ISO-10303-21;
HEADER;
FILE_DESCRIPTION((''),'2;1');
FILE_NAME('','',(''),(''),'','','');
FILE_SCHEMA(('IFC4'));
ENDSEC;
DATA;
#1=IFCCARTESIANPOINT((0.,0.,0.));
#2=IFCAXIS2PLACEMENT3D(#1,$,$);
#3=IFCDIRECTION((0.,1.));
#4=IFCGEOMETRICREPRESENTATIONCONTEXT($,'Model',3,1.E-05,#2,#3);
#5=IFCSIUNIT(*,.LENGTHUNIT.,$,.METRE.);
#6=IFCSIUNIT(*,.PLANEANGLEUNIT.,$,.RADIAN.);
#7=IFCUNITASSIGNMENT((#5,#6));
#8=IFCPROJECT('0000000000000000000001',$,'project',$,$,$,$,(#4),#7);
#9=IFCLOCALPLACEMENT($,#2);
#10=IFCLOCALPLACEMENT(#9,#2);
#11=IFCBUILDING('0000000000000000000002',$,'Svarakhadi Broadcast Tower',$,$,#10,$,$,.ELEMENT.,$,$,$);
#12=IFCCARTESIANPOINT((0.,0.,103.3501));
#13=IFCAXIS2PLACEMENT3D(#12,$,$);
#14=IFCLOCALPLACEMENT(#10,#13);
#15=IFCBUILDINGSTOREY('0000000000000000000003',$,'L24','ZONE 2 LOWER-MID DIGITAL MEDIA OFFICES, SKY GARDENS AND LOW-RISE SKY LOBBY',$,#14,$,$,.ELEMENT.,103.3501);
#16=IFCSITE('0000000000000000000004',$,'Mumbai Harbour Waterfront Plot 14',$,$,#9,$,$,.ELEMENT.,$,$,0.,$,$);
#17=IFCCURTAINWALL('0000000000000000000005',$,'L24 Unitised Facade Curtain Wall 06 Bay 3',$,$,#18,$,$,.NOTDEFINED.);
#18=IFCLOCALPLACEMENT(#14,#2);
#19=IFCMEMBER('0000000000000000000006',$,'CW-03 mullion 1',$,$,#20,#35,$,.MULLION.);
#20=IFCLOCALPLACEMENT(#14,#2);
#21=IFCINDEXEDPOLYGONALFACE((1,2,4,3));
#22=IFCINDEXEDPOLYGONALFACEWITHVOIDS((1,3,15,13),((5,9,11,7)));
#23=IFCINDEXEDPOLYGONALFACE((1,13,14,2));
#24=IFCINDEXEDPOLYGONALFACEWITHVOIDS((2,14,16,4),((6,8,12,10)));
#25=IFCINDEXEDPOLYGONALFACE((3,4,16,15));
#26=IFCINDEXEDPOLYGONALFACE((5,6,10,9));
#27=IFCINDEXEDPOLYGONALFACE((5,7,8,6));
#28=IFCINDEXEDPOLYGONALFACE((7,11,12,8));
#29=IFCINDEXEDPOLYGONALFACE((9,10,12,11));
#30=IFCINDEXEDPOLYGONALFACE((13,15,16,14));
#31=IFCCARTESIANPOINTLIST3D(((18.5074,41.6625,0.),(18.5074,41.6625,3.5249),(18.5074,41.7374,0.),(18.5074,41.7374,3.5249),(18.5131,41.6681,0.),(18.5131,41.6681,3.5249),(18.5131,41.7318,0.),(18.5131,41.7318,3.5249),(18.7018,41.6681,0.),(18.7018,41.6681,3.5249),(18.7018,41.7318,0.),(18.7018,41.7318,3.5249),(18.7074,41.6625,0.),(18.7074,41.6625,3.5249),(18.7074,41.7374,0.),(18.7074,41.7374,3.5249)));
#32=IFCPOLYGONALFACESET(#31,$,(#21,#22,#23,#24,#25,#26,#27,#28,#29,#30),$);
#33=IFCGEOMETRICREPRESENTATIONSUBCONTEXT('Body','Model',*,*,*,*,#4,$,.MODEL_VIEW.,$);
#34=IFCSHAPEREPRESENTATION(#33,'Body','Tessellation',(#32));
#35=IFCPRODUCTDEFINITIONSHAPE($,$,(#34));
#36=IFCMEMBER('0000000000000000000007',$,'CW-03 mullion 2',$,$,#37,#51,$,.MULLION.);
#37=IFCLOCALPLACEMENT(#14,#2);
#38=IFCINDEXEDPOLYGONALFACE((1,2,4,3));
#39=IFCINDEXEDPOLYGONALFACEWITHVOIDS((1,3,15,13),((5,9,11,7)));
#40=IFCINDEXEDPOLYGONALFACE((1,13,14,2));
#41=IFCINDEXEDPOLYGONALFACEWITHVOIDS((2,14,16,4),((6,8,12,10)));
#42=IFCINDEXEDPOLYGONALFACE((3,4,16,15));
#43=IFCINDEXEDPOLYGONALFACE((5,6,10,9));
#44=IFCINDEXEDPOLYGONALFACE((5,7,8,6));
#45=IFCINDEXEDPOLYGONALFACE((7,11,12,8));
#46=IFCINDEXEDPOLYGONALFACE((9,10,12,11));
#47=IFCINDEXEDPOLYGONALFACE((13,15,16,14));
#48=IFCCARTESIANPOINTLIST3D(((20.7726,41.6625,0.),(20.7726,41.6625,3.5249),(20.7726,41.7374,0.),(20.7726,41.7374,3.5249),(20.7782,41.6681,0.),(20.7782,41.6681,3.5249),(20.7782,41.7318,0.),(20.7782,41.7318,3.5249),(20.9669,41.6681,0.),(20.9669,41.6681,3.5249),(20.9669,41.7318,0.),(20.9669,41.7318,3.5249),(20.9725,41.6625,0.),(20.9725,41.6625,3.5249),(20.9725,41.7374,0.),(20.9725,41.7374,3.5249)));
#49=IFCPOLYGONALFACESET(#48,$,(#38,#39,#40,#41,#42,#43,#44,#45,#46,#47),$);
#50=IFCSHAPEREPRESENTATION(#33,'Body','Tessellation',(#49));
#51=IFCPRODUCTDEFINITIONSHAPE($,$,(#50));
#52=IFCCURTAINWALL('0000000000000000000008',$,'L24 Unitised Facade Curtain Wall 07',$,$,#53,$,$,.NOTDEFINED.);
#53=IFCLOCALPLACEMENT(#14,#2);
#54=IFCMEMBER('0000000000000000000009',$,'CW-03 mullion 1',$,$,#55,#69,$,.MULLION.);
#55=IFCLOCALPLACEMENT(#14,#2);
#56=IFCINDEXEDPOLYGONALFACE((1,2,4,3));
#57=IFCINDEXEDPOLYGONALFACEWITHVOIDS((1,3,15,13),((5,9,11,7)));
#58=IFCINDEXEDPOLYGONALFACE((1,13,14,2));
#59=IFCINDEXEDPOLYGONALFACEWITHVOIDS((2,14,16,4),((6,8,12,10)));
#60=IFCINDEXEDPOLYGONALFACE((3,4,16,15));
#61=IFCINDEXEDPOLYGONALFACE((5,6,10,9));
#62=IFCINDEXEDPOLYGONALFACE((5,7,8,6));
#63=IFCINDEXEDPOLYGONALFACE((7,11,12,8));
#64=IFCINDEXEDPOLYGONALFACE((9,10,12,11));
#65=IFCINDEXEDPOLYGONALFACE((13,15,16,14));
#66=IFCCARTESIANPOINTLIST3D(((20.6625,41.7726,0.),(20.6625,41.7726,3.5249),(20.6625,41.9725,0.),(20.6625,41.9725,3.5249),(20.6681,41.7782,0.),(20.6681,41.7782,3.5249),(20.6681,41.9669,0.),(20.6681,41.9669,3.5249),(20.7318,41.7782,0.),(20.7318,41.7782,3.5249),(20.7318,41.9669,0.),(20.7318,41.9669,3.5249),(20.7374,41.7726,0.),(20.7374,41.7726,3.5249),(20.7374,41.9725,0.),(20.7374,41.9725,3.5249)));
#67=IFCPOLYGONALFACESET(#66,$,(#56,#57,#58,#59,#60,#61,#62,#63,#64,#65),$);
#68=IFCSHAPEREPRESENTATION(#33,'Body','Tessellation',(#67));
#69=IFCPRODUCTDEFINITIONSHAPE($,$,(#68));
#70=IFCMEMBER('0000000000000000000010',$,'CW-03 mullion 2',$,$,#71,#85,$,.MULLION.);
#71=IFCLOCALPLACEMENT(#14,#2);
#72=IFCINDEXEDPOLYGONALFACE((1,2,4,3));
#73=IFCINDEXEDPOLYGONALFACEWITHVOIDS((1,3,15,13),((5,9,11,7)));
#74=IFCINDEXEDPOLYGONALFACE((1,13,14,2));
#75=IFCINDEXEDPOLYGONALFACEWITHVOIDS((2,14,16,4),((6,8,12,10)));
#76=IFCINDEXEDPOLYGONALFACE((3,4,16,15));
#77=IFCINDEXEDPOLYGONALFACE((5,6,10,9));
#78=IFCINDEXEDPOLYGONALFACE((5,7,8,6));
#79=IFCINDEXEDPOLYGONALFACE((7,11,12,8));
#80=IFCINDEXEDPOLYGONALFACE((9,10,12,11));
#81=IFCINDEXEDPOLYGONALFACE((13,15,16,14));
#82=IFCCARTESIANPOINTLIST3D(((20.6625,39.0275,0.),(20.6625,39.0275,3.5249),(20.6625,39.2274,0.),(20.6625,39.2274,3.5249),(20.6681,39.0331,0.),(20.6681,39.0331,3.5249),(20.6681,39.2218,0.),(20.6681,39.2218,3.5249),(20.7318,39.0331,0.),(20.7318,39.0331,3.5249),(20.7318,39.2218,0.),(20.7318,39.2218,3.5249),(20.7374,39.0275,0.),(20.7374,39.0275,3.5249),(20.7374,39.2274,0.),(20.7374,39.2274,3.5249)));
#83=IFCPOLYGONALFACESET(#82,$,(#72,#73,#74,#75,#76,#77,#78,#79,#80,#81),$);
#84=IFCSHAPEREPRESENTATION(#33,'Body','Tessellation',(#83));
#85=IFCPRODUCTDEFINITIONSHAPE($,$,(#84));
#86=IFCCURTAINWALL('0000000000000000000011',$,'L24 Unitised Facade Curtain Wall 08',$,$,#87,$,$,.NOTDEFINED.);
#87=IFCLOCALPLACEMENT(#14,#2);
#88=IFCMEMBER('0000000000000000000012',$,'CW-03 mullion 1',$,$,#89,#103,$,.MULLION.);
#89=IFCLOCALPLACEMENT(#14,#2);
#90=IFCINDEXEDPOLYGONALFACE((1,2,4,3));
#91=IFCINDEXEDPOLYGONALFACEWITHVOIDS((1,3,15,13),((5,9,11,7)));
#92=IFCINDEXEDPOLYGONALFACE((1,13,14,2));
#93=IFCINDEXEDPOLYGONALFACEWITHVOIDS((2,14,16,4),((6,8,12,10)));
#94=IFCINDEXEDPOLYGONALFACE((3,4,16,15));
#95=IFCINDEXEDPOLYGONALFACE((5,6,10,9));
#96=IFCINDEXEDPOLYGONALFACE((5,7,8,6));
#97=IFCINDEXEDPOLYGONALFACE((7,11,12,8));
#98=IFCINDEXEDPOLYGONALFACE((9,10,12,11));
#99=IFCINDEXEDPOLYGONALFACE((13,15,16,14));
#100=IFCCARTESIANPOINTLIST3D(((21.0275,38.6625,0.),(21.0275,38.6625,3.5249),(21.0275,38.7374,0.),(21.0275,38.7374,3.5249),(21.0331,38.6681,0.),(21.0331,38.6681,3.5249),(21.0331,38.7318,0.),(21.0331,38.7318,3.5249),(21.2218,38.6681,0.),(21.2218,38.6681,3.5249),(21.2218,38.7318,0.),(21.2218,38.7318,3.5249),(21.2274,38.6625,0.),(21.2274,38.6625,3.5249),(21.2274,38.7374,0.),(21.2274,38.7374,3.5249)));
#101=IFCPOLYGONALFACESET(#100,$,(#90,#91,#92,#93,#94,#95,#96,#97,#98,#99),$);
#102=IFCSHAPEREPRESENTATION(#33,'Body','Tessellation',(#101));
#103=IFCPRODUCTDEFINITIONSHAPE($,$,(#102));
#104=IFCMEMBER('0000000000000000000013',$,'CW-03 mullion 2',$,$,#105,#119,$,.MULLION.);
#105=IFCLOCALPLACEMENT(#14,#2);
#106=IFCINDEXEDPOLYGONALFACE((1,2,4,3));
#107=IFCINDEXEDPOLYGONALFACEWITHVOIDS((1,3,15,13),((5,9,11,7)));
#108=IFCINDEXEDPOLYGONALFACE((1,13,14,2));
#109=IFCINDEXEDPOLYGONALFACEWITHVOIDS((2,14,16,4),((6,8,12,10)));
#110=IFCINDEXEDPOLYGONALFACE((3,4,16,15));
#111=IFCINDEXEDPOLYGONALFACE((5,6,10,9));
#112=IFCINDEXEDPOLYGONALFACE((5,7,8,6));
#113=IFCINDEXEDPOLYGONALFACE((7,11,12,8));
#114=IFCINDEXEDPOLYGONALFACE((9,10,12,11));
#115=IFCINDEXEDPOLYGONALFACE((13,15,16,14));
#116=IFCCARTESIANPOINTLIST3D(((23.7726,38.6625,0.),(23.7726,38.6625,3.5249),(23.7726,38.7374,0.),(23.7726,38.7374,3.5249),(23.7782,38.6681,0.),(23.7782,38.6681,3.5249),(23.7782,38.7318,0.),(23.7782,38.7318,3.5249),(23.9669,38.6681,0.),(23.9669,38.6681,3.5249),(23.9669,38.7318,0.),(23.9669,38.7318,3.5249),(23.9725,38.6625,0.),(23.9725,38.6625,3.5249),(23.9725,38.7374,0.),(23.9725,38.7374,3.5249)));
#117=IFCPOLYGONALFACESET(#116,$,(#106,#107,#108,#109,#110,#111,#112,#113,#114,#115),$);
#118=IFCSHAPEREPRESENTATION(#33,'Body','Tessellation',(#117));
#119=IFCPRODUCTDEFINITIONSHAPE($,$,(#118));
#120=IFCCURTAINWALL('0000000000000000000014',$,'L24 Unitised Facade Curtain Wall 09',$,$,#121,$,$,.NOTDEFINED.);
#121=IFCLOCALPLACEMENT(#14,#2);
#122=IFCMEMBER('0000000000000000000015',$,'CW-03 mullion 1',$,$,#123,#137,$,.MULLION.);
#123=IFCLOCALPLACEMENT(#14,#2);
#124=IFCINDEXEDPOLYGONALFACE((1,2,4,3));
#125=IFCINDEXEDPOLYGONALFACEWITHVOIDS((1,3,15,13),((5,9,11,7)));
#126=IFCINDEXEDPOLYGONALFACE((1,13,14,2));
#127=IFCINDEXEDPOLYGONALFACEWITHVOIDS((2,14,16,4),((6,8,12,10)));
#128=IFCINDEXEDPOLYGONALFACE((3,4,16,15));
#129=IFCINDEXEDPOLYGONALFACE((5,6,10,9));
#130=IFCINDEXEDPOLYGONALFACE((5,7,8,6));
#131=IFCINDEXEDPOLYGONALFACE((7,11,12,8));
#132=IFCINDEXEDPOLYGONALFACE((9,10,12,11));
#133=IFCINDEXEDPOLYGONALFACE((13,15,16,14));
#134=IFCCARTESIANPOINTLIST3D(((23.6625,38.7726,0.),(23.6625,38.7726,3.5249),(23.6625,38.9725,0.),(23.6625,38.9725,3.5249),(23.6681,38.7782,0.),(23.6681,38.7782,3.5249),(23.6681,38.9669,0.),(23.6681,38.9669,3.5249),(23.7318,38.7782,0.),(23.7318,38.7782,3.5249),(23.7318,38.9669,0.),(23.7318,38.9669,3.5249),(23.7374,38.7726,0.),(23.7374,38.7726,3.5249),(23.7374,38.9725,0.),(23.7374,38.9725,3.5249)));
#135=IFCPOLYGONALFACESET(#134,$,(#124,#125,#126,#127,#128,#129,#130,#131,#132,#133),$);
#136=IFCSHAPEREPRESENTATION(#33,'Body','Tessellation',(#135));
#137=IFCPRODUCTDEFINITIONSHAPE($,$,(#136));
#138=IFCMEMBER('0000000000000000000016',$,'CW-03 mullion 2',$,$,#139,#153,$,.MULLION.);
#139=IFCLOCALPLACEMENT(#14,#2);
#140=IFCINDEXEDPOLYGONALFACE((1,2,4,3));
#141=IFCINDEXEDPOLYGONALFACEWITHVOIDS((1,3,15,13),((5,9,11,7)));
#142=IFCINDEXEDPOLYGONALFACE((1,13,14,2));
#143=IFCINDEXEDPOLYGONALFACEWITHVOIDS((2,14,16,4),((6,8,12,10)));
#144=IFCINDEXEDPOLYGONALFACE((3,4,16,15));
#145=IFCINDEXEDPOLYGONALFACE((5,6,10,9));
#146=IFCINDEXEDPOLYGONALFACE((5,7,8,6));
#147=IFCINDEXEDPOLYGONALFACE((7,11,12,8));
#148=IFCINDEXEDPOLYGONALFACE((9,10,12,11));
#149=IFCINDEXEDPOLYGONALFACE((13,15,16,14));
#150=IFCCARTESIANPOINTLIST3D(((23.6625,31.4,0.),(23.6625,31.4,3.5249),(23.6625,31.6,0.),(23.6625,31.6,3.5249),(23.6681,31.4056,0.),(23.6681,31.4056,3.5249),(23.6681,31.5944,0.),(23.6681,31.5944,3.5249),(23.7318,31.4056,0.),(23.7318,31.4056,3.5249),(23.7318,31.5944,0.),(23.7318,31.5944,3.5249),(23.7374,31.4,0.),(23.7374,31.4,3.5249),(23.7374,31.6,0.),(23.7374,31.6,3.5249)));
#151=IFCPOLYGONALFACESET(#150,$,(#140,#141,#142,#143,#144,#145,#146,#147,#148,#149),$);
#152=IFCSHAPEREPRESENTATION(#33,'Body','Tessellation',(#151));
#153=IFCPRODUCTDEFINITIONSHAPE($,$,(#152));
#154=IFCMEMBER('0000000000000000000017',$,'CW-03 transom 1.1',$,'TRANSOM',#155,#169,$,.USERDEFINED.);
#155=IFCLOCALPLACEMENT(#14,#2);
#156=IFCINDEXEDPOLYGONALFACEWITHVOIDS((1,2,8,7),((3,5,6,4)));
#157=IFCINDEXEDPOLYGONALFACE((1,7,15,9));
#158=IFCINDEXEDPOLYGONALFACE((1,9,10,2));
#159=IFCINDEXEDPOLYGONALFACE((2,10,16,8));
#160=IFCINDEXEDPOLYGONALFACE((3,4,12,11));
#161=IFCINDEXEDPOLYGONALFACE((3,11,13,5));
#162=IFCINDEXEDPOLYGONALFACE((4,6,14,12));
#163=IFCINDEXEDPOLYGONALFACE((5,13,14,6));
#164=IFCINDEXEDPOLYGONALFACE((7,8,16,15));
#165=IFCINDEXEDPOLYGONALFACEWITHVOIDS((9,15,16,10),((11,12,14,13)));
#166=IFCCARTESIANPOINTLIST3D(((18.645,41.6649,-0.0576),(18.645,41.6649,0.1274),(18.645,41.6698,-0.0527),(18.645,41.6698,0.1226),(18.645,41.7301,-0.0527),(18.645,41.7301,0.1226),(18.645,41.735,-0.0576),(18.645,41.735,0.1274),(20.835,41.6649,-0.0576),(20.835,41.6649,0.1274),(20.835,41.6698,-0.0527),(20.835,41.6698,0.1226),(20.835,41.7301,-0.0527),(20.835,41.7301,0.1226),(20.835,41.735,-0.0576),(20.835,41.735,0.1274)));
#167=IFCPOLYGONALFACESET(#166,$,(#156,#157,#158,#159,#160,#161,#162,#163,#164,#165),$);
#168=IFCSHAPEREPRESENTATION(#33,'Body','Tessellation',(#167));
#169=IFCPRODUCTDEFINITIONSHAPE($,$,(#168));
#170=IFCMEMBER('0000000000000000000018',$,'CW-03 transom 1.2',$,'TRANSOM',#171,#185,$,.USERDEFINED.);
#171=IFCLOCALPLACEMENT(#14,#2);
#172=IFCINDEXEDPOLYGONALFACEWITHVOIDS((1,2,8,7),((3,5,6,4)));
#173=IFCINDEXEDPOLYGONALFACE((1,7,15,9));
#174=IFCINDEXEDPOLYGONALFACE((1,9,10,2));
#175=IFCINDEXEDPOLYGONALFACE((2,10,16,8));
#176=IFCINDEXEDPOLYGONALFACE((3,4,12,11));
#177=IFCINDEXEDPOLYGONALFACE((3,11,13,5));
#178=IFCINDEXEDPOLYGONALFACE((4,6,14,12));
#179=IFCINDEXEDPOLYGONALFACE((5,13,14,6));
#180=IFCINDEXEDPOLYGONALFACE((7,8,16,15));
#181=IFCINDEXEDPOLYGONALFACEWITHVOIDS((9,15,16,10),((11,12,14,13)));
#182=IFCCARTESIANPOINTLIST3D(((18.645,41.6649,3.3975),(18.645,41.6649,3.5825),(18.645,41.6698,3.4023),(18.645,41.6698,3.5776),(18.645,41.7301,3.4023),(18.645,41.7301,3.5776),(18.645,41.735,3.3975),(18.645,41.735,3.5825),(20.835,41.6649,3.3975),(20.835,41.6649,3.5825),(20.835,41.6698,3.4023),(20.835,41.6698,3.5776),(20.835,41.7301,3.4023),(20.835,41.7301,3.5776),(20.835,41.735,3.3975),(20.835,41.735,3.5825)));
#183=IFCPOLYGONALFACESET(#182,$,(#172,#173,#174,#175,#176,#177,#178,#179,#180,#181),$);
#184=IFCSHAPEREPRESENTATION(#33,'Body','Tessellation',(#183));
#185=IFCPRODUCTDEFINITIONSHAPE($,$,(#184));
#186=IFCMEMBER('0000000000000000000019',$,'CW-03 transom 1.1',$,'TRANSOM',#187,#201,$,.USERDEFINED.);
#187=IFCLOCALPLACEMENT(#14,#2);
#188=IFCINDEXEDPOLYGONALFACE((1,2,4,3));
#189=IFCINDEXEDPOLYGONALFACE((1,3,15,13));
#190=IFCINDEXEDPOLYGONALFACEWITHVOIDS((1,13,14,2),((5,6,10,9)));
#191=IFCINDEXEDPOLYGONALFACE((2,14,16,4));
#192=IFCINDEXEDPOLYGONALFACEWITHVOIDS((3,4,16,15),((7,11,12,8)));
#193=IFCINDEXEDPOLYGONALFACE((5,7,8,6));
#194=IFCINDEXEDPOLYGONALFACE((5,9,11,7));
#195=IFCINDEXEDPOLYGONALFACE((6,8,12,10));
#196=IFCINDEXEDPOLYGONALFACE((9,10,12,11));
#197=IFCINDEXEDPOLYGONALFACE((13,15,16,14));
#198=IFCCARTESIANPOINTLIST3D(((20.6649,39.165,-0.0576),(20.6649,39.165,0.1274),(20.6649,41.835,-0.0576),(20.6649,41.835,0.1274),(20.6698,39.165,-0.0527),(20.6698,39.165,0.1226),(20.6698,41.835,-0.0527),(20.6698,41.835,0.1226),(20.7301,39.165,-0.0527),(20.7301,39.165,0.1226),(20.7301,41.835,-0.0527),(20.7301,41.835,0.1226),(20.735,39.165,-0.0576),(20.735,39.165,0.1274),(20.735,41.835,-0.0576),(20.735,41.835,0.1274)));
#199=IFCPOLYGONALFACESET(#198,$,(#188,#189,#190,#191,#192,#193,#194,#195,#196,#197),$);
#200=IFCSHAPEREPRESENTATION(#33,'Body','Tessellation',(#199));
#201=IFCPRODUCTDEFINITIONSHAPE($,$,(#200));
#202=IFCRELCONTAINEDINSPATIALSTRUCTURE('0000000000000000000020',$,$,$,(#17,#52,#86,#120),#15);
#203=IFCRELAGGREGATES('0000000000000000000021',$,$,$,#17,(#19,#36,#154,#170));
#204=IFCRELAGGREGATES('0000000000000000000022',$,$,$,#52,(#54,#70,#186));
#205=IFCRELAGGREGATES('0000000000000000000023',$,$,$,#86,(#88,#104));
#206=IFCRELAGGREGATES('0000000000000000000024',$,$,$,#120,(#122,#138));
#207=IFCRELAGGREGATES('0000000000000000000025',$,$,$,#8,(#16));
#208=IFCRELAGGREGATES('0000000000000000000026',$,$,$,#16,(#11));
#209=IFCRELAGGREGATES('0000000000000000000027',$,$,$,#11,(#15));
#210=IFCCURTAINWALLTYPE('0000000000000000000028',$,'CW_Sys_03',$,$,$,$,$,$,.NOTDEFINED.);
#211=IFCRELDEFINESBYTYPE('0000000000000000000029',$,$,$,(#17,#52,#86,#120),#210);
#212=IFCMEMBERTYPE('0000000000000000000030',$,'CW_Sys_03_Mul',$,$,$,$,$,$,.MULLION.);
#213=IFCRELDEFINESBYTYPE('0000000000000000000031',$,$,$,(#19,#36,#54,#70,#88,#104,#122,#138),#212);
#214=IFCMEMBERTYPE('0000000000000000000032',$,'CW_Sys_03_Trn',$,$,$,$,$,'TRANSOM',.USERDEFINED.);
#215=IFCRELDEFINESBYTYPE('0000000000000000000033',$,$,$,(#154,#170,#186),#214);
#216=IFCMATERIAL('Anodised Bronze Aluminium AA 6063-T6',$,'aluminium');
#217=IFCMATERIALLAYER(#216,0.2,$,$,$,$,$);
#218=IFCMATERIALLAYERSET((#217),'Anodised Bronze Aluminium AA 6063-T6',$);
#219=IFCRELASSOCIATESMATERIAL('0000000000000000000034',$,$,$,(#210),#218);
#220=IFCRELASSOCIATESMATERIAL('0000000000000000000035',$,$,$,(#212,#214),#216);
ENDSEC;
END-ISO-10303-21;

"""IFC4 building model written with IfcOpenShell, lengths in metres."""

from ifc_helpers import new_model, si_unit, direction, frame, origin, origin_2d, place, context, subcontext, project, spatial, hollow_rectangle, extrude, material, layer, layer_set, material_profile, profile_set, type_object, element, aggregate, save


model = new_model("IFC4")

# Units and contexts
model_context = context("Model", 3, precision=1e-05, world=origin(), true_north=direction((0.0, 1.0)))
body_context = subcontext(model_context, "Body", "Model", "MODEL_VIEW")
ifc_project = project(units=[si_unit("LENGTHUNIT", "METRE"), si_unit("PLANEANGLEUNIT", "RADIAN")], contexts=[model_context])

# Site, building, storey
site_placement = place(None, origin())
site = spatial("IfcSite", under=ifc_project, at=site_placement, Name="Mumbai Harbour Waterfront Plot 14", CompositionType="ELEMENT", RefElevation=0.0)
building_placement = place(site_placement, origin())
building = spatial("IfcBuilding", under=site, at=building_placement, Name="Svarakhadi Broadcast Tower", CompositionType="ELEMENT")
storey_placement = place(building_placement, frame((0.0, 0.0, 103.3501)))
storey = spatial("IfcBuildingStorey", under=building, at=storey_placement, Name="L24", Description="ZONE 2 LOWER-MID DIGITAL MEDIA OFFICES, SKY GARDENS AND LOW-RISE SKY LOBBY", CompositionType="ELEMENT", Elevation=103.3501)

# Curtain walls, members
ifc_material_1 = material(Name="Anodised Bronze Aluminium AA 6063-T6", Category="aluminium")
ifc_layer_1 = layer(ifc_material_1, 0.2)
ifc_layer_set_1 = layer_set([ifc_layer_1], Name="Anodised Bronze Aluminium AA 6063-T6")
curtain_wall_type = type_object("IfcCurtainWallType", Name="CW_Sys_03", PredefinedType="NOTDEFINED", material=ifc_layer_set_1)
curtain_wall_1_placement = place(storey_placement, origin())
curtain_wall_1 = element("IfcCurtainWall", 1, at=curtain_wall_1_placement, inside=storey, type_object=curtain_wall_type, Name="L24 Unitised Facade Curtain Wall 06 Bay 3", PredefinedType="NOTDEFINED")
ifc_material_profile_1 = material_profile(ifc_material_1, hollow_rectangle(XDim=0.075, YDim=0.2, WallThickness=0.0056, at=origin_2d()), Name="ALU MULLION 200x75x6")
ifc_profile_set_1 = profile_set([ifc_material_profile_1], Name="Anodised Bronze Aluminium AA 6063-T6")
member_type_1 = type_object("IfcMemberType", Name="CW_Sys_03_Mul", PredefinedType="MULLION", material=ifc_profile_set_1)
member_1_placement = place(storey_placement, frame((18.6074, 41.7, 0.0), z_axis=(0.0, 0.0, 1.0), x_axis=(0.0, 1.0, 0.0)))
member_1 = element("IfcMember", 2, at=member_1_placement, type_object=member_type_1, Name="CW-03 mullion 1", PredefinedType="MULLION", context=body_context, shape_type="SweptSolid", body=[
    extrude(hollow_rectangle(XDim=0.075, YDim=0.2, WallThickness=0.0056, at=origin_2d()), origin(), (0.0, 0.0, 1.0), 3.5249),
])
member_2_placement = place(storey_placement, frame((20.8726, 41.7, 0.0), z_axis=(0.0, 0.0, 1.0), x_axis=(0.0, 1.0, 0.0)))
member_2 = element("IfcMember", 3, at=member_2_placement, type_object=member_type_1, Name="CW-03 mullion 2", PredefinedType="MULLION", context=body_context, shape_type="SweptSolid", body=[
    extrude(hollow_rectangle(XDim=0.075, YDim=0.2, WallThickness=0.0056, at=origin_2d()), origin(), (0.0, 0.0, 1.0), 3.5249),
])
curtain_wall_2_placement = place(storey_placement, origin())
curtain_wall_2 = element("IfcCurtainWall", 4, at=curtain_wall_2_placement, inside=storey, type_object=curtain_wall_type, Name="L24 Unitised Facade Curtain Wall 07", PredefinedType="NOTDEFINED")
member_3_placement = place(storey_placement, frame((20.7, 41.8726, 0.0), z_axis=(0.0, 0.0, 1.0), x_axis=(1.0, 0.0, 0.0)))
member_3 = element("IfcMember", 5, at=member_3_placement, type_object=member_type_1, Name="CW-03 mullion 1", PredefinedType="MULLION", context=body_context, shape_type="SweptSolid", body=[
    extrude(hollow_rectangle(XDim=0.075, YDim=0.2, WallThickness=0.0056, at=origin_2d()), origin(), (0.0, 0.0, 1.0), 3.5249),
])
member_4_placement = place(storey_placement, frame((20.7, 39.1274, 0.0), z_axis=(0.0, 0.0, 1.0), x_axis=(1.0, 0.0, 0.0)))
member_4 = element("IfcMember", 6, at=member_4_placement, type_object=member_type_1, Name="CW-03 mullion 2", PredefinedType="MULLION", context=body_context, shape_type="SweptSolid", body=[
    extrude(hollow_rectangle(XDim=0.075, YDim=0.2, WallThickness=0.0056, at=origin_2d()), origin(), (0.0, 0.0, 1.0), 3.5249),
])
curtain_wall_3_placement = place(storey_placement, origin())
curtain_wall_3 = element("IfcCurtainWall", 7, at=curtain_wall_3_placement, inside=storey, type_object=curtain_wall_type, Name="L24 Unitised Facade Curtain Wall 08", PredefinedType="NOTDEFINED")
member_5_placement = place(storey_placement, frame((21.1274, 38.7, 0.0), z_axis=(0.0, 0.0, 1.0), x_axis=(0.0, 1.0, 0.0)))
member_5 = element("IfcMember", 8, at=member_5_placement, type_object=member_type_1, Name="CW-03 mullion 1", PredefinedType="MULLION", context=body_context, shape_type="SweptSolid", body=[
    extrude(hollow_rectangle(XDim=0.075, YDim=0.2, WallThickness=0.0056, at=origin_2d()), origin(), (0.0, 0.0, 1.0), 3.5249),
])
member_6_placement = place(storey_placement, frame((23.8726, 38.7, 0.0), z_axis=(0.0, 0.0, 1.0), x_axis=(0.0, 1.0, 0.0)))
member_6 = element("IfcMember", 9, at=member_6_placement, type_object=member_type_1, Name="CW-03 mullion 2", PredefinedType="MULLION", context=body_context, shape_type="SweptSolid", body=[
    extrude(hollow_rectangle(XDim=0.075, YDim=0.2, WallThickness=0.0056, at=origin_2d()), origin(), (0.0, 0.0, 1.0), 3.5249),
])
curtain_wall_4_placement = place(storey_placement, origin())
curtain_wall_4 = element("IfcCurtainWall", 10, at=curtain_wall_4_placement, inside=storey, type_object=curtain_wall_type, Name="L24 Unitised Facade Curtain Wall 09", PredefinedType="NOTDEFINED")
member_7_placement = place(storey_placement, frame((23.7, 38.8726, 0.0), z_axis=(0.0, 0.0, 1.0), x_axis=(1.0, 0.0, 0.0)))
member_7 = element("IfcMember", 11, at=member_7_placement, type_object=member_type_1, Name="CW-03 mullion 1", PredefinedType="MULLION", context=body_context, shape_type="SweptSolid", body=[
    extrude(hollow_rectangle(XDim=0.075, YDim=0.2, WallThickness=0.0056, at=origin_2d()), origin(), (0.0, 0.0, 1.0), 3.5249),
])
member_8_placement = place(storey_placement, frame((23.7, 31.5, 0.0), z_axis=(0.0, 0.0, 1.0), x_axis=(1.0, 0.0, 0.0)))
member_8 = element("IfcMember", 12, at=member_8_placement, type_object=member_type_1, Name="CW-03 mullion 2", PredefinedType="MULLION", context=body_context, shape_type="SweptSolid", body=[
    extrude(hollow_rectangle(XDim=0.075, YDim=0.2, WallThickness=0.0056, at=origin_2d()), origin(), (0.0, 0.0, 1.0), 3.5249),
])

# Members
ifc_material_profile_2 = material_profile(ifc_material_1, hollow_rectangle(XDim=0.0701, YDim=0.1851, WallThickness=0.0049, at=origin_2d()), Name="ALU TRANSOM 185x70x5")
ifc_profile_set_2 = profile_set([ifc_material_profile_2], Name="Anodised Bronze Aluminium AA 6063-T6")
member_type_2 = type_object("IfcMemberType", Name="CW_Sys_03_Trn", ElementType="TRANSOM", PredefinedType="USERDEFINED", material=ifc_profile_set_2)
member_9_placement = place(storey_placement, frame((18.645, 41.7, 0.0349), z_axis=(1.0, 0.0, 0.0), x_axis=(0.0, 1.0, 0.0)))
member_9 = element("IfcMember", 13, at=member_9_placement, type_object=member_type_2, Name="CW-03 transom 1.1", ObjectType="TRANSOM", PredefinedType="USERDEFINED", context=body_context, shape_type="SweptSolid", body=[
    extrude(hollow_rectangle(XDim=0.0701, YDim=0.1851, WallThickness=0.0049, at=origin_2d()), origin(), (0.0, 0.0, 1.0), 2.1899),
])
member_10_placement = place(storey_placement, frame((18.645, 41.7, 3.49), z_axis=(1.0, 0.0, 0.0), x_axis=(0.0, 1.0, 0.0)))
member_10 = element("IfcMember", 14, at=member_10_placement, type_object=member_type_2, Name="CW-03 transom 1.2", ObjectType="TRANSOM", PredefinedType="USERDEFINED", context=body_context, shape_type="SweptSolid", body=[
    extrude(hollow_rectangle(XDim=0.0701, YDim=0.1851, WallThickness=0.0049, at=origin_2d()), origin(), (0.0, 0.0, 1.0), 2.1899),
])
member_11_placement = place(storey_placement, frame((20.7, 41.835, 0.0349), z_axis=(0.0, -1.0, 0.0), x_axis=(1.0, 0.0, 0.0)))
member_11 = element("IfcMember", 15, at=member_11_placement, type_object=member_type_2, Name="CW-03 transom 1.1", ObjectType="TRANSOM", PredefinedType="USERDEFINED", context=body_context, shape_type="SweptSolid", body=[
    extrude(hollow_rectangle(XDim=0.0701, YDim=0.1851, WallThickness=0.0049, at=origin_2d()), origin(), (0.0, 0.0, 1.0), 2.6699),
])

aggregate(curtain_wall_1, [member_1, member_2, member_9, member_10])
aggregate(curtain_wall_2, [member_3, member_4, member_11])
aggregate(curtain_wall_3, [member_5, member_6])
aggregate(curtain_wall_4, [member_7, member_8])

save(model, "model.ifc")
